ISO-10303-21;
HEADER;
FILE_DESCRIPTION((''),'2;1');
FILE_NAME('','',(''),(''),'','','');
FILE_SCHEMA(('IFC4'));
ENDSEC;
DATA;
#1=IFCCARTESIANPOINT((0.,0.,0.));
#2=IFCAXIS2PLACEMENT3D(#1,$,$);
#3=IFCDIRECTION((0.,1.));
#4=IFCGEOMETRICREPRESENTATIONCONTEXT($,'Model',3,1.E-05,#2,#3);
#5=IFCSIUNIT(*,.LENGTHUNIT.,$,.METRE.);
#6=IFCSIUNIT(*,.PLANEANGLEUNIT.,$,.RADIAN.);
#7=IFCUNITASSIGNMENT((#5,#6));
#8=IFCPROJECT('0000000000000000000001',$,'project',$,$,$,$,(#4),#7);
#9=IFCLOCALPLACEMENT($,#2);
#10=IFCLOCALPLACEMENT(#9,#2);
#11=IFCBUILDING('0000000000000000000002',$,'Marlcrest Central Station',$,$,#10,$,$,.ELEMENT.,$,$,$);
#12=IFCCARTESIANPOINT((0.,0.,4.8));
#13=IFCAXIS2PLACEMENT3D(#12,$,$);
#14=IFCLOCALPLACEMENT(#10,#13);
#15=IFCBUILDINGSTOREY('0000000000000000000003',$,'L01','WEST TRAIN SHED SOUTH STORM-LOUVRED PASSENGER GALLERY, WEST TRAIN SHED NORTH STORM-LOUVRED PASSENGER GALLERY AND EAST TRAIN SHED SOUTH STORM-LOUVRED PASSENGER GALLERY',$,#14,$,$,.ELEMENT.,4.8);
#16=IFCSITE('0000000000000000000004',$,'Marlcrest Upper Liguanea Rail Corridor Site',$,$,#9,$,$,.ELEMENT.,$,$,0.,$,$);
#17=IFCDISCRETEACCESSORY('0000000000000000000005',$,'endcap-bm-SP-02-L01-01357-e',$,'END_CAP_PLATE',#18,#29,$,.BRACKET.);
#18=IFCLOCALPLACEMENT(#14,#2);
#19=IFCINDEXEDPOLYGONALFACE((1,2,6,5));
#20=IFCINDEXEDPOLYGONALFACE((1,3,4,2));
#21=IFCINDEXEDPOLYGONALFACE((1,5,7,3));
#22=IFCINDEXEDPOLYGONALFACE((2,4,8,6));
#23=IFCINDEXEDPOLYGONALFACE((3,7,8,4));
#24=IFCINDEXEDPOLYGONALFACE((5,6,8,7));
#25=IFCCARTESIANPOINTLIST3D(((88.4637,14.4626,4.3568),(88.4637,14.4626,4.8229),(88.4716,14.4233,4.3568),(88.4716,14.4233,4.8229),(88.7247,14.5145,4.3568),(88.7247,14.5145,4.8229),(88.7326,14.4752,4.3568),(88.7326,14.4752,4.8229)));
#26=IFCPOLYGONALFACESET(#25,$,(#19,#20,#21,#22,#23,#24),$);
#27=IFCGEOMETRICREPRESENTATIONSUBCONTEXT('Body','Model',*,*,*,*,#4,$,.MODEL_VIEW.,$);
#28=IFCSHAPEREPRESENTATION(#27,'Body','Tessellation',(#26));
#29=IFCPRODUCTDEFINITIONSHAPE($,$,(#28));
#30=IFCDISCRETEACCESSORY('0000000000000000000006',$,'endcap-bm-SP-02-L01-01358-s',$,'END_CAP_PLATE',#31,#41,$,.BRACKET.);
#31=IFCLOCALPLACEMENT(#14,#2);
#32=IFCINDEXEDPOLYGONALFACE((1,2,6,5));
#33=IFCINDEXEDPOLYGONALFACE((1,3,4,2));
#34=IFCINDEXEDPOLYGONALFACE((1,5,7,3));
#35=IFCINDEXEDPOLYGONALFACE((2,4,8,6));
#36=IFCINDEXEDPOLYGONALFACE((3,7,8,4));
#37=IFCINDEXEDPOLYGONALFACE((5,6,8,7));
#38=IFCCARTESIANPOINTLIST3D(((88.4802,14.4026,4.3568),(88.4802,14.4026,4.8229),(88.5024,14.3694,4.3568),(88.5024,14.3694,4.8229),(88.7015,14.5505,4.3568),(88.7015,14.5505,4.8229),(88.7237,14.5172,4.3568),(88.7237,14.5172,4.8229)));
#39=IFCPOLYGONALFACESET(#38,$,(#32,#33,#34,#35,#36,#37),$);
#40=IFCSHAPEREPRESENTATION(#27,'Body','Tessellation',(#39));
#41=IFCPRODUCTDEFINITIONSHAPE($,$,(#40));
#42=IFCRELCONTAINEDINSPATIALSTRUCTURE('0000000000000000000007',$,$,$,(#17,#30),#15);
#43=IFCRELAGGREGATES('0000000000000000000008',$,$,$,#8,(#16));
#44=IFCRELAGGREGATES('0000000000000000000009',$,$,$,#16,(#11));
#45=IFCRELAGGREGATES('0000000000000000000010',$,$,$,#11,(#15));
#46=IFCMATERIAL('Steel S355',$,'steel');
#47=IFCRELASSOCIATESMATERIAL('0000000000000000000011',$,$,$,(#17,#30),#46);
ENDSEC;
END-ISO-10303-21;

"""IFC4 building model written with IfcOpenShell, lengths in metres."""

from ifc_helpers import new_model, si_unit, direction, frame, origin, origin_2d, place, context, subcontext, project, spatial, rectangle, extrude, material, element, save


model = new_model("IFC4")

# Units and contexts
model_context = context("Model", 3, precision=1e-05, world=origin(), true_north=direction((0.0, 1.0)))
body_context = subcontext(model_context, "Body", "Model", "MODEL_VIEW")
ifc_project = project(units=[si_unit("LENGTHUNIT", "METRE"), si_unit("PLANEANGLEUNIT", "RADIAN")], contexts=[model_context])

# Site, building, storey
site_placement = place(None, origin())
site = spatial("IfcSite", under=ifc_project, at=site_placement, Name="Marlcrest Upper Liguanea Rail Corridor Site", CompositionType="ELEMENT", RefElevation=0.0)
building_placement = place(site_placement, origin())
building = spatial("IfcBuilding", under=site, at=building_placement, Name="Marlcrest Central Station", CompositionType="ELEMENT")
storey_placement = place(building_placement, frame((0.0, 0.0, 4.8)))
storey = spatial("IfcBuildingStorey", under=building, at=storey_placement, Name="L01", Description="WEST TRAIN SHED SOUTH STORM-LOUVRED PASSENGER GALLERY, WEST TRAIN SHED NORTH STORM-LOUVRED PASSENGER GALLERY AND EAST TRAIN SHED SOUTH STORM-LOUVRED PASSENGER GALLERY", CompositionType="ELEMENT", Elevation=4.8)

# Shared definitions
ifc_material_1 = material(Name="Steel S355", Category="steel")

# Discrete accessories
for number, where, z_axis, x_axis, name in (
    (1, (88.5942, 14.4885, 4.5898), (0.195171, -0.980769, 0.0), (0.980769, 0.195171, 0.0), "endcap-bm-SP-02-L01-01357-e"),
    (2, (88.5908, 14.4766, 4.5898), (0.555511, -0.831509, 0.0), (0.831509, 0.555511, 0.0), "endcap-bm-SP-02-L01-01358-s"),
):
    element("IfcDiscreteAccessory", number, at=place(storey_placement, frame(where, z_axis=z_axis, x_axis=x_axis)), inside=storey, material=ifc_material_1, Name=name, ObjectType="END_CAP_PLATE", PredefinedType="BRACKET", context=body_context, shape_type="SweptSolid", body=[
        extrude(rectangle(XDim=0.2661, YDim=0.4661, at=origin_2d()), origin(), (0.0, 0.0, 1.0), 0.04),
    ])

save(model, "model.ifc")
